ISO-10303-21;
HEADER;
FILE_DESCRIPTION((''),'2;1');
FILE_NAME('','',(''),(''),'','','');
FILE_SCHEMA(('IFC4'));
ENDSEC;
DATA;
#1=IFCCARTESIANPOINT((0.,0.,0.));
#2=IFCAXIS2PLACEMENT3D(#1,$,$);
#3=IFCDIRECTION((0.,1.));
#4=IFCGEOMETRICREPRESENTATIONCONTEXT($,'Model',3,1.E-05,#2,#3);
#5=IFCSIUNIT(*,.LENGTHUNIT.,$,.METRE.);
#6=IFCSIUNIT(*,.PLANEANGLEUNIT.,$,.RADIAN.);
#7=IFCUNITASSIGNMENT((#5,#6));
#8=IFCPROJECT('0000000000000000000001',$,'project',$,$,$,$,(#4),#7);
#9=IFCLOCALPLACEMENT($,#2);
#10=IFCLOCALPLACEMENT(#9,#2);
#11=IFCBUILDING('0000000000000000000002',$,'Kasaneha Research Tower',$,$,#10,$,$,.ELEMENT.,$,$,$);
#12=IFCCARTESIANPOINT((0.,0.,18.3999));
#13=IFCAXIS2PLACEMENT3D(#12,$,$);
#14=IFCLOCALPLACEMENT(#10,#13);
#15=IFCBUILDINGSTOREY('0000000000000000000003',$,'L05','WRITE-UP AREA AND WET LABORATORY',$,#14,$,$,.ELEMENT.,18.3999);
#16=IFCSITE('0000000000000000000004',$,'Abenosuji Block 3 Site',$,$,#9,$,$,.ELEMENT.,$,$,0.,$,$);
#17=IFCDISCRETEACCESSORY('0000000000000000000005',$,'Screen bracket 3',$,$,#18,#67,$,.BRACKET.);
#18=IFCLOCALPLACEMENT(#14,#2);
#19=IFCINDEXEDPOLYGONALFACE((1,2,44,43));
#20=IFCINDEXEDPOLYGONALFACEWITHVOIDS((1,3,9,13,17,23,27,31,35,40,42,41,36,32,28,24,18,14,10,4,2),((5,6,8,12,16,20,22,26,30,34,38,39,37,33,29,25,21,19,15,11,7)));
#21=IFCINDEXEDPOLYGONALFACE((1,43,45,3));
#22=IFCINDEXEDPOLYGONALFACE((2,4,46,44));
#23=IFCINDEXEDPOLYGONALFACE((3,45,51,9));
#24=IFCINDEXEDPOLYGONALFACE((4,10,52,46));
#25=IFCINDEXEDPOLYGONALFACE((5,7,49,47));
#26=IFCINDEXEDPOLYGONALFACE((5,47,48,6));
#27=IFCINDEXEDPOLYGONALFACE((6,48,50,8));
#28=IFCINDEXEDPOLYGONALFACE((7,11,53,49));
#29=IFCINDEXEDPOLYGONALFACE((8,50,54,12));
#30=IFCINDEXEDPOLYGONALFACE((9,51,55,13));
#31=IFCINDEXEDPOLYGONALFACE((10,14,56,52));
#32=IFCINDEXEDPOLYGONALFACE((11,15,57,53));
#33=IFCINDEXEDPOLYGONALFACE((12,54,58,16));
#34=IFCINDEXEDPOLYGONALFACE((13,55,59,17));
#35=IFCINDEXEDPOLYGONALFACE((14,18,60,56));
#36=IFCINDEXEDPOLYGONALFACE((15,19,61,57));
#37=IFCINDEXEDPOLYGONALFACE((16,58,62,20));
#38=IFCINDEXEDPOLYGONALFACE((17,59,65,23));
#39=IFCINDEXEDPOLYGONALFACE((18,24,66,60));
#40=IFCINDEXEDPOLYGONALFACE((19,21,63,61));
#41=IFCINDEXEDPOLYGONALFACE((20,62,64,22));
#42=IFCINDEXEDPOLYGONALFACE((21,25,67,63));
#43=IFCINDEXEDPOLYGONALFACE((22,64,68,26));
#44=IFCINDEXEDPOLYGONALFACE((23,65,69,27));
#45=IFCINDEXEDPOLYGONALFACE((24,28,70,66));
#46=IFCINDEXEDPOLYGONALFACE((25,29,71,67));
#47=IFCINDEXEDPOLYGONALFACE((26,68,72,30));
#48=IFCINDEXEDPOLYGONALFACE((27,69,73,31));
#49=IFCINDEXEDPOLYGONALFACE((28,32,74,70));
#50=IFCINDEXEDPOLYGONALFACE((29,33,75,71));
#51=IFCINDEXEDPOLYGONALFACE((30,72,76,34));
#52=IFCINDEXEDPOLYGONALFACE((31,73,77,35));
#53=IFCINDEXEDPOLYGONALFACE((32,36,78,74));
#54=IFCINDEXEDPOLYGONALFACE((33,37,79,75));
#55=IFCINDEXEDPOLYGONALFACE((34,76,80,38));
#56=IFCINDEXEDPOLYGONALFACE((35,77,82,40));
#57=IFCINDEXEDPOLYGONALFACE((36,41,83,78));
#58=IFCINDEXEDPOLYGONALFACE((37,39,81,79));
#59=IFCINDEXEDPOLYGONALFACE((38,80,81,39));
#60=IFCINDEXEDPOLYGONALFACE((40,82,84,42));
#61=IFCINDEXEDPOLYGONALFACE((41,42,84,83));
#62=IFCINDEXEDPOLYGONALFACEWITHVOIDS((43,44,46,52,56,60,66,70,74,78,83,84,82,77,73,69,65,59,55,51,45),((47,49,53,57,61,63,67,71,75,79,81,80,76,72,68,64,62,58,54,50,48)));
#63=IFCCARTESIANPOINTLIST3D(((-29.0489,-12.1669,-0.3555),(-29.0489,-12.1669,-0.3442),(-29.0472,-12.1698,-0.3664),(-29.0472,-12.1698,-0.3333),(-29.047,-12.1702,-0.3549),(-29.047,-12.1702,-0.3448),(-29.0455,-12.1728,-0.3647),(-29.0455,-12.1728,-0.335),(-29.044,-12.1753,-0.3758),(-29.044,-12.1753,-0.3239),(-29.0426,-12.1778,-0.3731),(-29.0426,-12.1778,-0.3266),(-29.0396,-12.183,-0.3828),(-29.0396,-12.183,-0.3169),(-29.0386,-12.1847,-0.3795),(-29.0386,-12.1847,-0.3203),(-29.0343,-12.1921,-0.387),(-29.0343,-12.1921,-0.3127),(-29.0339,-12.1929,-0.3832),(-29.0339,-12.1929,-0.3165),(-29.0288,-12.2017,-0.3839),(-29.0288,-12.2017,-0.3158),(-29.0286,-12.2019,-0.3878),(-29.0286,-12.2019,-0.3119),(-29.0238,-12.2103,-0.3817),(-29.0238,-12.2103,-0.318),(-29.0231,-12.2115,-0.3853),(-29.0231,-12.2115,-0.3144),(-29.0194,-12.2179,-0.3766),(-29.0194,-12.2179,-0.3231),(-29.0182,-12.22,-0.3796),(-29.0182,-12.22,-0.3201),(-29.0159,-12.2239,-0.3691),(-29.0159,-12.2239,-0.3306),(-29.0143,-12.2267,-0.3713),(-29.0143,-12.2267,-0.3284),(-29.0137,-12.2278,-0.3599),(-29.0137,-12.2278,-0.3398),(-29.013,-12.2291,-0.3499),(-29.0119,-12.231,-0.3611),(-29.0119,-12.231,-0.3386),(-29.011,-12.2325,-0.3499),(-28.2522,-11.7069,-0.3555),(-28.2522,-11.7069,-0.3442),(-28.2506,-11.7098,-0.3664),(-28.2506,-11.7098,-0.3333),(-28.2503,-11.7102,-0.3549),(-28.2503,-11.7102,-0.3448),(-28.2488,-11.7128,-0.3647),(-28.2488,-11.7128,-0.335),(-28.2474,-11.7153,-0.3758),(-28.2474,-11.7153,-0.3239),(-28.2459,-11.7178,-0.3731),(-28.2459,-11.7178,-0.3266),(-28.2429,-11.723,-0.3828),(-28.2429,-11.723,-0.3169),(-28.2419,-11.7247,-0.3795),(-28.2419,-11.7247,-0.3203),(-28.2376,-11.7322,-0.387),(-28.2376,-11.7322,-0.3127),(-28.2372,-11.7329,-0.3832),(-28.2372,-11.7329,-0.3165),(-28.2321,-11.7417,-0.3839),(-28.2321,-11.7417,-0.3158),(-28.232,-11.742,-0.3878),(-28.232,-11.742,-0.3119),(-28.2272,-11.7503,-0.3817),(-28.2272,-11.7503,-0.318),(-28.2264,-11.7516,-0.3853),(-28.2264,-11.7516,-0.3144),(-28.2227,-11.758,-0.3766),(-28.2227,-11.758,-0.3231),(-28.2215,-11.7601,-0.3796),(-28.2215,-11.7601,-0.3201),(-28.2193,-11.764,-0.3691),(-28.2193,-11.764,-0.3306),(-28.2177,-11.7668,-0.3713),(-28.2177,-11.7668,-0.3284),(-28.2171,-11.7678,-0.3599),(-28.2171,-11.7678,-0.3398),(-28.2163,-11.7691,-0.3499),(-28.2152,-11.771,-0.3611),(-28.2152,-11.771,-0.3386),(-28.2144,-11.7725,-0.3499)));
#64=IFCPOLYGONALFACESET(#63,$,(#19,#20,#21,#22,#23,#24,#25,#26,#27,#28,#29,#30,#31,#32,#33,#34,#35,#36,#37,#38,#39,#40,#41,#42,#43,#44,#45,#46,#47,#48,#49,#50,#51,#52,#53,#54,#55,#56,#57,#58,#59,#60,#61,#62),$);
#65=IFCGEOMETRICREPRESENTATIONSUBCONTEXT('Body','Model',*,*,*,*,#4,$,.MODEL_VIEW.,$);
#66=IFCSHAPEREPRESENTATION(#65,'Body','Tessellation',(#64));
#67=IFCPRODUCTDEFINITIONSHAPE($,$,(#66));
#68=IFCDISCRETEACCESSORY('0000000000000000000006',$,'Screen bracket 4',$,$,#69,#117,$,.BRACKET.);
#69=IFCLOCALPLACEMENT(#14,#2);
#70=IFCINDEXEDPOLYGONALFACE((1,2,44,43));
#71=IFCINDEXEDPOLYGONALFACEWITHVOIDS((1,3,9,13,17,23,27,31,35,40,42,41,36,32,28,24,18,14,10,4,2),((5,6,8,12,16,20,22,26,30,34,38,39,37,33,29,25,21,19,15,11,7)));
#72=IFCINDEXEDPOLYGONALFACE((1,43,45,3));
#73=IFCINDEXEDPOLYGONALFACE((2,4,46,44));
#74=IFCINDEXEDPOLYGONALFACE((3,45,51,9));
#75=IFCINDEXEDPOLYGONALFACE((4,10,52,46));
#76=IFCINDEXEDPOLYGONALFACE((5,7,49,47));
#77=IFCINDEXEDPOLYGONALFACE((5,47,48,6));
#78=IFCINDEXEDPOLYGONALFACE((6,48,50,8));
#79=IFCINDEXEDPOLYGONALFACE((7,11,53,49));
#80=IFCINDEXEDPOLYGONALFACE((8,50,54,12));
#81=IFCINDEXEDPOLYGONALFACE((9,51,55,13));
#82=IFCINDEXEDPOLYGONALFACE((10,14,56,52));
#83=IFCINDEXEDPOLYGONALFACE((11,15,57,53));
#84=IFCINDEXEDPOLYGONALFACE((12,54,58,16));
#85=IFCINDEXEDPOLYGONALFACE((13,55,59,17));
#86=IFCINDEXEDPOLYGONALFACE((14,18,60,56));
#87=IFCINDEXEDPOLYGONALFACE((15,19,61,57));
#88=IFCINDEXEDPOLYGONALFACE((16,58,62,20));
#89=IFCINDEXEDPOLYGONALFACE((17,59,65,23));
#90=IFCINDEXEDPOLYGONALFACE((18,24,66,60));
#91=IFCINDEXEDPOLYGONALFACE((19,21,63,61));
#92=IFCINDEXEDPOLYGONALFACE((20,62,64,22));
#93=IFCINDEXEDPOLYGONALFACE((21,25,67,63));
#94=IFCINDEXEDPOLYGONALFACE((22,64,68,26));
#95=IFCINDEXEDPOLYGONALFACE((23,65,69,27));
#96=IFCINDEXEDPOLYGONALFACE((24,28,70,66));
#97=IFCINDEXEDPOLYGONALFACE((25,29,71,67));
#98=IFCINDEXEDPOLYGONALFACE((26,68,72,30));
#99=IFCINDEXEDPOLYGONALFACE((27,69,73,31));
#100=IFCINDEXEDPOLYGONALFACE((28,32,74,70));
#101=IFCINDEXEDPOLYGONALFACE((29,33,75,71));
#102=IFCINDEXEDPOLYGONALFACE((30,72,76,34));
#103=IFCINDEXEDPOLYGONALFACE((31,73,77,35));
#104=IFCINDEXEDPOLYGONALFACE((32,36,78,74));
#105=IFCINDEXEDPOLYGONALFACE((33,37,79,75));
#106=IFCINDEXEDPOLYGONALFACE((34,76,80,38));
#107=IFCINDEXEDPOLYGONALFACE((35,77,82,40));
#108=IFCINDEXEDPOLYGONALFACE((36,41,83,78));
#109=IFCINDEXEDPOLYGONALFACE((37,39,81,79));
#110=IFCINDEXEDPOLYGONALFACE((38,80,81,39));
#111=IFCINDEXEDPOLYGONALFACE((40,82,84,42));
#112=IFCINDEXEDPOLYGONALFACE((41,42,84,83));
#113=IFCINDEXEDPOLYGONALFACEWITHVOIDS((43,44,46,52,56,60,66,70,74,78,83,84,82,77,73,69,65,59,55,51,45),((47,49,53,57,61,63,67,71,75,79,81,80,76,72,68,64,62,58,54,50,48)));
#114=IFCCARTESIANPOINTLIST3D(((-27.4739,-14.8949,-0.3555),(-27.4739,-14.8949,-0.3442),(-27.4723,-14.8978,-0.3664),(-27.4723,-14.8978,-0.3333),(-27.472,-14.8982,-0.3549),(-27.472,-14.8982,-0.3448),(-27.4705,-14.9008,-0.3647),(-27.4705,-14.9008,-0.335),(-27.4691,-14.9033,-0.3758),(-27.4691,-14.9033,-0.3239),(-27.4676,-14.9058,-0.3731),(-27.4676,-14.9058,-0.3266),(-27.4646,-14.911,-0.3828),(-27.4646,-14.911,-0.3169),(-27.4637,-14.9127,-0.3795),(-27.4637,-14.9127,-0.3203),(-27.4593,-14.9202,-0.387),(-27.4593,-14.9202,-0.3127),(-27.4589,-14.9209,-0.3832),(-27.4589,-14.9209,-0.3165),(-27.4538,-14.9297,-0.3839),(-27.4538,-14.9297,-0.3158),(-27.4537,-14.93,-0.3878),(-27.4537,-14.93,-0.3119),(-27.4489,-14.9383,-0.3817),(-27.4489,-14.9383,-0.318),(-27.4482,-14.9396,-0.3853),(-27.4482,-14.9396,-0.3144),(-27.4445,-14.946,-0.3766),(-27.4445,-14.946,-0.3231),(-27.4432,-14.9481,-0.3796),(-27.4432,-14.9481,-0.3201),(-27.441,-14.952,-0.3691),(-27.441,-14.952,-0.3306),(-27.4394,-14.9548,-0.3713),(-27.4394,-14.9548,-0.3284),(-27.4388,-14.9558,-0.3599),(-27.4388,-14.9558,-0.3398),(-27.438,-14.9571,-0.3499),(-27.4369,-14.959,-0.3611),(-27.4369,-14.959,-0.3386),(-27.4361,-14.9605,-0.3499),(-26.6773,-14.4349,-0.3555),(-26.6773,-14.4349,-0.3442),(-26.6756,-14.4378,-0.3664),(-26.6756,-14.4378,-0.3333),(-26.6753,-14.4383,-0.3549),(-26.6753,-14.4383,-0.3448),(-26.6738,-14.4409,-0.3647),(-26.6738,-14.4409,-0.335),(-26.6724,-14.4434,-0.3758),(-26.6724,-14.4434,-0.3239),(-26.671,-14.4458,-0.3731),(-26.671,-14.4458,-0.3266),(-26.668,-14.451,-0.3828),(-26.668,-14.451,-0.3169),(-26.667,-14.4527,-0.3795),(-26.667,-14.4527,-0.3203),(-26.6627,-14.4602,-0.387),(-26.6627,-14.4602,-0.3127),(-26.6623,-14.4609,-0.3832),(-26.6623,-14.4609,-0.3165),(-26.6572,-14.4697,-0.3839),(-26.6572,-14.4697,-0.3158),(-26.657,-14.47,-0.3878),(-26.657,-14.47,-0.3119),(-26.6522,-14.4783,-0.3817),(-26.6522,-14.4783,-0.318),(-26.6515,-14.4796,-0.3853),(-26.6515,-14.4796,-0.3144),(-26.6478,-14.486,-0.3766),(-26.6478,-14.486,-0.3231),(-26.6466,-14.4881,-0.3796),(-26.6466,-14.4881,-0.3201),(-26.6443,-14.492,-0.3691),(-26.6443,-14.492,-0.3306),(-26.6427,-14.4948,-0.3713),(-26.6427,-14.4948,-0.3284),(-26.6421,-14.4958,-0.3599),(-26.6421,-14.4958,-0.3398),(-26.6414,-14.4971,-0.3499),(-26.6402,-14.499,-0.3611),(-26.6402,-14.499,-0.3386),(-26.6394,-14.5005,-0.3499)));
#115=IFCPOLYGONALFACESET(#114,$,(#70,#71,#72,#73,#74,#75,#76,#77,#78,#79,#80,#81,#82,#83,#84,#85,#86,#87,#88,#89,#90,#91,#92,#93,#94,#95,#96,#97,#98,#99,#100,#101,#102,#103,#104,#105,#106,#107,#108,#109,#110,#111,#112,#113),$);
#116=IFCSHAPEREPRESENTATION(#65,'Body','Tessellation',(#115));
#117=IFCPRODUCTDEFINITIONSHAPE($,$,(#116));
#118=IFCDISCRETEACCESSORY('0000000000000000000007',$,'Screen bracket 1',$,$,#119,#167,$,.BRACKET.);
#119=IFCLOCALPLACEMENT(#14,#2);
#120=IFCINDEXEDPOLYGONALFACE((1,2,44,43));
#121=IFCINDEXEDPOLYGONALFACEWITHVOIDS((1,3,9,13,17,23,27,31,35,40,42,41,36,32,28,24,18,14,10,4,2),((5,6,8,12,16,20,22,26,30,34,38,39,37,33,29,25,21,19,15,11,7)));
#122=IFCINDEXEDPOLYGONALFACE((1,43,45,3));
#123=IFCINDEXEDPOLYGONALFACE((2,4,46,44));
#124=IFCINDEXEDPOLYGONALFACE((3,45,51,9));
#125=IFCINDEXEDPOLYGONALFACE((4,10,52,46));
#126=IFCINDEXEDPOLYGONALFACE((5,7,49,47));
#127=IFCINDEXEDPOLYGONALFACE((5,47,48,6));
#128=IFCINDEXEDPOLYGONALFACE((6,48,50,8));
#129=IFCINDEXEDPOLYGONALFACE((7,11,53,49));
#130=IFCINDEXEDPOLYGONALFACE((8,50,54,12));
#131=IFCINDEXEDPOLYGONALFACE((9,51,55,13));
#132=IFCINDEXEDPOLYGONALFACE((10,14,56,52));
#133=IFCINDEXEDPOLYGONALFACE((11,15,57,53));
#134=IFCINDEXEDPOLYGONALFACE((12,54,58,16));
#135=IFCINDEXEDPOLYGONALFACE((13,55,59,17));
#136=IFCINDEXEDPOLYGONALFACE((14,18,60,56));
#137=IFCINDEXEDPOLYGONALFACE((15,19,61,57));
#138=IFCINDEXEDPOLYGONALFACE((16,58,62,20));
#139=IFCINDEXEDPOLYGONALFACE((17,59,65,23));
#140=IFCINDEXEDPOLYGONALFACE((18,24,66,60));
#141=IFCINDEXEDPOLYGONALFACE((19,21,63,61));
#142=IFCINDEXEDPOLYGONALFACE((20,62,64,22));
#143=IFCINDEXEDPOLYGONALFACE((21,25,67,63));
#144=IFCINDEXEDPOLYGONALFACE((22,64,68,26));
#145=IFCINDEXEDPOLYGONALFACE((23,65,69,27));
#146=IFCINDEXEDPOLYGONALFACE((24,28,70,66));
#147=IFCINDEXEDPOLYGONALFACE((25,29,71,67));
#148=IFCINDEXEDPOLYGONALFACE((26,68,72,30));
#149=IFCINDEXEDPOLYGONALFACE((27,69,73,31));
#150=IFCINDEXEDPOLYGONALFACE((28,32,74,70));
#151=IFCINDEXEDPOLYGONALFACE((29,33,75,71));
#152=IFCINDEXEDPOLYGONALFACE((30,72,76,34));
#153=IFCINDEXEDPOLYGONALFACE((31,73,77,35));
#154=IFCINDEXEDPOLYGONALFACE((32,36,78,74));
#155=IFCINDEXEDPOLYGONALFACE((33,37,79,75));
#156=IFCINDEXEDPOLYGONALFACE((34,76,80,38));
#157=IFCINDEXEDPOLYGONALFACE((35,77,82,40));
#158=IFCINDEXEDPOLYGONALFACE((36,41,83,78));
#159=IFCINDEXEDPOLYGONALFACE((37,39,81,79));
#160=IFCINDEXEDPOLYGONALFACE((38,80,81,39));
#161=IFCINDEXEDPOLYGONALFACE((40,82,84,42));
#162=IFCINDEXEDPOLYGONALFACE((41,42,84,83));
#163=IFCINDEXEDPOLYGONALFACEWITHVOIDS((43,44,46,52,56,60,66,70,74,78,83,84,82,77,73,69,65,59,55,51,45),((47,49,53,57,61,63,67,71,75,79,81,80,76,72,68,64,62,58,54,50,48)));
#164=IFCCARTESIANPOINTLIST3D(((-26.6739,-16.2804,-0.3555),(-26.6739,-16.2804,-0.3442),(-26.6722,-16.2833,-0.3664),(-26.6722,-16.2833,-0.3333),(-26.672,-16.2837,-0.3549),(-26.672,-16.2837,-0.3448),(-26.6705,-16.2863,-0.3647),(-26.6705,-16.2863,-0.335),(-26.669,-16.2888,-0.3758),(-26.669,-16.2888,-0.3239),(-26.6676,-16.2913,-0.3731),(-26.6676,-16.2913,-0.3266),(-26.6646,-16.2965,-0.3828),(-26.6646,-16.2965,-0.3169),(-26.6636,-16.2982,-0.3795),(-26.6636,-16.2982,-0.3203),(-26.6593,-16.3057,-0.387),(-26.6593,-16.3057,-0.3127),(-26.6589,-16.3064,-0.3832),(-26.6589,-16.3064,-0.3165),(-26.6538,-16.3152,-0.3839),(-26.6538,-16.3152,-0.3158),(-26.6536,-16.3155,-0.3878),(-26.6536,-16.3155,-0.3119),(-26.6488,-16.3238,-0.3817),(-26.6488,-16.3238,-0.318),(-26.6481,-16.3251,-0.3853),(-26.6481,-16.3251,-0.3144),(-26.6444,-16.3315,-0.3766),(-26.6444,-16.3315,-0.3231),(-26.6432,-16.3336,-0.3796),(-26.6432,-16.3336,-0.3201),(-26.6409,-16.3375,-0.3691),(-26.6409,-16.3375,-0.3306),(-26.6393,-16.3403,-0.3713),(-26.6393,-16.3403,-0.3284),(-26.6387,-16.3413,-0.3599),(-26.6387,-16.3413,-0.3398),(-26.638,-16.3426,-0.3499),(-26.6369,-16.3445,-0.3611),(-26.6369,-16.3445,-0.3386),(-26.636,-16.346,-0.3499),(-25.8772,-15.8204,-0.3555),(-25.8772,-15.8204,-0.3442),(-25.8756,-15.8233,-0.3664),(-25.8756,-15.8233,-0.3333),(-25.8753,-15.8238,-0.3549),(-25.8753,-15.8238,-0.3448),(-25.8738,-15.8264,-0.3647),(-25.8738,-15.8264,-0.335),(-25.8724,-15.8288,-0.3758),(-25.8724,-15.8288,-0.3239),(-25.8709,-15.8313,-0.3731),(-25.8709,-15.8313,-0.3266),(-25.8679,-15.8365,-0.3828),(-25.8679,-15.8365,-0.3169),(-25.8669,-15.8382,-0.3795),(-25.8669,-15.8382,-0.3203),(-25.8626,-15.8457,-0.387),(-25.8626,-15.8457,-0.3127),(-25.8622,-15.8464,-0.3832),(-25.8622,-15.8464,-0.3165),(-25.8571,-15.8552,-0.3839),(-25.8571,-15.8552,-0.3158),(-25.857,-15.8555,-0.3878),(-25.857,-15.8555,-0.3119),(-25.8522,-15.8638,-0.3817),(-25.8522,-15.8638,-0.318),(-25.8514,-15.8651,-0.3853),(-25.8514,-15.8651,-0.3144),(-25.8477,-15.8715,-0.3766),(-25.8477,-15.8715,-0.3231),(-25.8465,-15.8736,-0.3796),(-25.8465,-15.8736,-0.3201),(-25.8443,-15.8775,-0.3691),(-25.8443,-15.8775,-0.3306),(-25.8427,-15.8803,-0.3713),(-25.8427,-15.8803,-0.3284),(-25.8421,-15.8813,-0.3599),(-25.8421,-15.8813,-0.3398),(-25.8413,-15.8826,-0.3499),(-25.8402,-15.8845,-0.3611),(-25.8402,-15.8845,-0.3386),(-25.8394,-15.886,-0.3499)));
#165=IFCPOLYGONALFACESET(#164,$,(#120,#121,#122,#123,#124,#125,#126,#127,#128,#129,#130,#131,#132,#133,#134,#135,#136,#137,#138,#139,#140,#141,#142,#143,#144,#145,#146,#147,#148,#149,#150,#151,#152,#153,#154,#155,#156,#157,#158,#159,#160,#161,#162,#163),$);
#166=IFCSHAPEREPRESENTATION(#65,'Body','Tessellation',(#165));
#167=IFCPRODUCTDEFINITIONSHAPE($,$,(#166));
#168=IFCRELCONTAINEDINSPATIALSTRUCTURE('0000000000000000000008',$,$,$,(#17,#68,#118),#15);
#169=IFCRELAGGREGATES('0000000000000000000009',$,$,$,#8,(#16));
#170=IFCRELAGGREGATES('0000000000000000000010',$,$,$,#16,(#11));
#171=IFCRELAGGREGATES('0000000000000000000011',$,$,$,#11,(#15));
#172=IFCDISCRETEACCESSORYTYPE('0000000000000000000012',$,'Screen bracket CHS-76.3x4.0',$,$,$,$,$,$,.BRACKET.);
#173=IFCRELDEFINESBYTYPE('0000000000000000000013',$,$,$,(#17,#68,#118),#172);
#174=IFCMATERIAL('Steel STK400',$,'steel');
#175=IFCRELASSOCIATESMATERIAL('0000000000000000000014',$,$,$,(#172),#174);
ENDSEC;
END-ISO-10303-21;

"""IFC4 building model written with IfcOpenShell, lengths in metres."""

from ifc_helpers import new_model, si_unit, direction, frame, origin, origin_2d, place, context, subcontext, project, spatial, hollow_circle, extrude, material, material_profile, profile_set, type_object, element, save


model = new_model("IFC4")

# Units and contexts
model_context = context("Model", 3, precision=1e-05, world=origin(), true_north=direction((0.0, 1.0)))
body_context = subcontext(model_context, "Body", "Model", "MODEL_VIEW")
ifc_project = project(units=[si_unit("LENGTHUNIT", "METRE"), si_unit("PLANEANGLEUNIT", "RADIAN")], contexts=[model_context])

# Site, building, storey
site_placement = place(None, origin())
site = spatial("IfcSite", under=ifc_project, at=site_placement, Name="Abenosuji Block 3 Site", CompositionType="ELEMENT", RefElevation=0.0)
building_placement = place(site_placement, origin())
building = spatial("IfcBuilding", under=site, at=building_placement, Name="Kasaneha Research Tower", CompositionType="ELEMENT")
storey_placement = place(building_placement, frame((0.0, 0.0, 18.3999)))
storey = spatial("IfcBuildingStorey", under=building, at=storey_placement, Name="L05", Description="WRITE-UP AREA AND WET LABORATORY", CompositionType="ELEMENT", Elevation=18.3999)

# Discrete accessories
ifc_material_1 = material(Name="Steel STK400", Category="steel")
ifc_material_profile_1 = material_profile(ifc_material_1, hollow_circle(Radius=0.0381, WallThickness=0.0039, at=origin_2d()), Name="CHS-76.3x4.0")
ifc_profile_set_1 = profile_set([ifc_material_profile_1], Name="Steel STK400")
discrete_accessory_type = type_object("IfcDiscreteAccessoryType", Name="Screen bracket CHS-76.3x4.0", PredefinedType="BRACKET", material=ifc_profile_set_1)
for number, where, z_axis, x_axis, name in (
    (1, (-28.2334, -11.7395, -0.3499), (-0.866013, -0.500021, 0.0), (0.500021, -0.866013, 0.0), "Screen bracket 3"),
    (2, (-26.6584, -14.4675, -0.3499), (-0.866013, -0.500021, 0.0), (0.500021, -0.866013, 0.0), "Screen bracket 4"),
    (3, (-25.8584, -15.853, -0.3499), (-0.866013, -0.500021, 0.0), (0.500021, -0.866013, 0.0), "Screen bracket 1"),
):
    element("IfcDiscreteAccessory", number, at=place(storey_placement, frame(where, z_axis=z_axis, x_axis=x_axis)), inside=storey, type_object=discrete_accessory_type, Name=name, PredefinedType="BRACKET", context=body_context, shape_type="SweptSolid", body=[
        extrude(hollow_circle(Radius=0.0381, WallThickness=0.0039, at=origin_2d()), origin(), (0.0, 0.0, 1.0), 0.9199),
    ])

save(model, "model.ifc")
